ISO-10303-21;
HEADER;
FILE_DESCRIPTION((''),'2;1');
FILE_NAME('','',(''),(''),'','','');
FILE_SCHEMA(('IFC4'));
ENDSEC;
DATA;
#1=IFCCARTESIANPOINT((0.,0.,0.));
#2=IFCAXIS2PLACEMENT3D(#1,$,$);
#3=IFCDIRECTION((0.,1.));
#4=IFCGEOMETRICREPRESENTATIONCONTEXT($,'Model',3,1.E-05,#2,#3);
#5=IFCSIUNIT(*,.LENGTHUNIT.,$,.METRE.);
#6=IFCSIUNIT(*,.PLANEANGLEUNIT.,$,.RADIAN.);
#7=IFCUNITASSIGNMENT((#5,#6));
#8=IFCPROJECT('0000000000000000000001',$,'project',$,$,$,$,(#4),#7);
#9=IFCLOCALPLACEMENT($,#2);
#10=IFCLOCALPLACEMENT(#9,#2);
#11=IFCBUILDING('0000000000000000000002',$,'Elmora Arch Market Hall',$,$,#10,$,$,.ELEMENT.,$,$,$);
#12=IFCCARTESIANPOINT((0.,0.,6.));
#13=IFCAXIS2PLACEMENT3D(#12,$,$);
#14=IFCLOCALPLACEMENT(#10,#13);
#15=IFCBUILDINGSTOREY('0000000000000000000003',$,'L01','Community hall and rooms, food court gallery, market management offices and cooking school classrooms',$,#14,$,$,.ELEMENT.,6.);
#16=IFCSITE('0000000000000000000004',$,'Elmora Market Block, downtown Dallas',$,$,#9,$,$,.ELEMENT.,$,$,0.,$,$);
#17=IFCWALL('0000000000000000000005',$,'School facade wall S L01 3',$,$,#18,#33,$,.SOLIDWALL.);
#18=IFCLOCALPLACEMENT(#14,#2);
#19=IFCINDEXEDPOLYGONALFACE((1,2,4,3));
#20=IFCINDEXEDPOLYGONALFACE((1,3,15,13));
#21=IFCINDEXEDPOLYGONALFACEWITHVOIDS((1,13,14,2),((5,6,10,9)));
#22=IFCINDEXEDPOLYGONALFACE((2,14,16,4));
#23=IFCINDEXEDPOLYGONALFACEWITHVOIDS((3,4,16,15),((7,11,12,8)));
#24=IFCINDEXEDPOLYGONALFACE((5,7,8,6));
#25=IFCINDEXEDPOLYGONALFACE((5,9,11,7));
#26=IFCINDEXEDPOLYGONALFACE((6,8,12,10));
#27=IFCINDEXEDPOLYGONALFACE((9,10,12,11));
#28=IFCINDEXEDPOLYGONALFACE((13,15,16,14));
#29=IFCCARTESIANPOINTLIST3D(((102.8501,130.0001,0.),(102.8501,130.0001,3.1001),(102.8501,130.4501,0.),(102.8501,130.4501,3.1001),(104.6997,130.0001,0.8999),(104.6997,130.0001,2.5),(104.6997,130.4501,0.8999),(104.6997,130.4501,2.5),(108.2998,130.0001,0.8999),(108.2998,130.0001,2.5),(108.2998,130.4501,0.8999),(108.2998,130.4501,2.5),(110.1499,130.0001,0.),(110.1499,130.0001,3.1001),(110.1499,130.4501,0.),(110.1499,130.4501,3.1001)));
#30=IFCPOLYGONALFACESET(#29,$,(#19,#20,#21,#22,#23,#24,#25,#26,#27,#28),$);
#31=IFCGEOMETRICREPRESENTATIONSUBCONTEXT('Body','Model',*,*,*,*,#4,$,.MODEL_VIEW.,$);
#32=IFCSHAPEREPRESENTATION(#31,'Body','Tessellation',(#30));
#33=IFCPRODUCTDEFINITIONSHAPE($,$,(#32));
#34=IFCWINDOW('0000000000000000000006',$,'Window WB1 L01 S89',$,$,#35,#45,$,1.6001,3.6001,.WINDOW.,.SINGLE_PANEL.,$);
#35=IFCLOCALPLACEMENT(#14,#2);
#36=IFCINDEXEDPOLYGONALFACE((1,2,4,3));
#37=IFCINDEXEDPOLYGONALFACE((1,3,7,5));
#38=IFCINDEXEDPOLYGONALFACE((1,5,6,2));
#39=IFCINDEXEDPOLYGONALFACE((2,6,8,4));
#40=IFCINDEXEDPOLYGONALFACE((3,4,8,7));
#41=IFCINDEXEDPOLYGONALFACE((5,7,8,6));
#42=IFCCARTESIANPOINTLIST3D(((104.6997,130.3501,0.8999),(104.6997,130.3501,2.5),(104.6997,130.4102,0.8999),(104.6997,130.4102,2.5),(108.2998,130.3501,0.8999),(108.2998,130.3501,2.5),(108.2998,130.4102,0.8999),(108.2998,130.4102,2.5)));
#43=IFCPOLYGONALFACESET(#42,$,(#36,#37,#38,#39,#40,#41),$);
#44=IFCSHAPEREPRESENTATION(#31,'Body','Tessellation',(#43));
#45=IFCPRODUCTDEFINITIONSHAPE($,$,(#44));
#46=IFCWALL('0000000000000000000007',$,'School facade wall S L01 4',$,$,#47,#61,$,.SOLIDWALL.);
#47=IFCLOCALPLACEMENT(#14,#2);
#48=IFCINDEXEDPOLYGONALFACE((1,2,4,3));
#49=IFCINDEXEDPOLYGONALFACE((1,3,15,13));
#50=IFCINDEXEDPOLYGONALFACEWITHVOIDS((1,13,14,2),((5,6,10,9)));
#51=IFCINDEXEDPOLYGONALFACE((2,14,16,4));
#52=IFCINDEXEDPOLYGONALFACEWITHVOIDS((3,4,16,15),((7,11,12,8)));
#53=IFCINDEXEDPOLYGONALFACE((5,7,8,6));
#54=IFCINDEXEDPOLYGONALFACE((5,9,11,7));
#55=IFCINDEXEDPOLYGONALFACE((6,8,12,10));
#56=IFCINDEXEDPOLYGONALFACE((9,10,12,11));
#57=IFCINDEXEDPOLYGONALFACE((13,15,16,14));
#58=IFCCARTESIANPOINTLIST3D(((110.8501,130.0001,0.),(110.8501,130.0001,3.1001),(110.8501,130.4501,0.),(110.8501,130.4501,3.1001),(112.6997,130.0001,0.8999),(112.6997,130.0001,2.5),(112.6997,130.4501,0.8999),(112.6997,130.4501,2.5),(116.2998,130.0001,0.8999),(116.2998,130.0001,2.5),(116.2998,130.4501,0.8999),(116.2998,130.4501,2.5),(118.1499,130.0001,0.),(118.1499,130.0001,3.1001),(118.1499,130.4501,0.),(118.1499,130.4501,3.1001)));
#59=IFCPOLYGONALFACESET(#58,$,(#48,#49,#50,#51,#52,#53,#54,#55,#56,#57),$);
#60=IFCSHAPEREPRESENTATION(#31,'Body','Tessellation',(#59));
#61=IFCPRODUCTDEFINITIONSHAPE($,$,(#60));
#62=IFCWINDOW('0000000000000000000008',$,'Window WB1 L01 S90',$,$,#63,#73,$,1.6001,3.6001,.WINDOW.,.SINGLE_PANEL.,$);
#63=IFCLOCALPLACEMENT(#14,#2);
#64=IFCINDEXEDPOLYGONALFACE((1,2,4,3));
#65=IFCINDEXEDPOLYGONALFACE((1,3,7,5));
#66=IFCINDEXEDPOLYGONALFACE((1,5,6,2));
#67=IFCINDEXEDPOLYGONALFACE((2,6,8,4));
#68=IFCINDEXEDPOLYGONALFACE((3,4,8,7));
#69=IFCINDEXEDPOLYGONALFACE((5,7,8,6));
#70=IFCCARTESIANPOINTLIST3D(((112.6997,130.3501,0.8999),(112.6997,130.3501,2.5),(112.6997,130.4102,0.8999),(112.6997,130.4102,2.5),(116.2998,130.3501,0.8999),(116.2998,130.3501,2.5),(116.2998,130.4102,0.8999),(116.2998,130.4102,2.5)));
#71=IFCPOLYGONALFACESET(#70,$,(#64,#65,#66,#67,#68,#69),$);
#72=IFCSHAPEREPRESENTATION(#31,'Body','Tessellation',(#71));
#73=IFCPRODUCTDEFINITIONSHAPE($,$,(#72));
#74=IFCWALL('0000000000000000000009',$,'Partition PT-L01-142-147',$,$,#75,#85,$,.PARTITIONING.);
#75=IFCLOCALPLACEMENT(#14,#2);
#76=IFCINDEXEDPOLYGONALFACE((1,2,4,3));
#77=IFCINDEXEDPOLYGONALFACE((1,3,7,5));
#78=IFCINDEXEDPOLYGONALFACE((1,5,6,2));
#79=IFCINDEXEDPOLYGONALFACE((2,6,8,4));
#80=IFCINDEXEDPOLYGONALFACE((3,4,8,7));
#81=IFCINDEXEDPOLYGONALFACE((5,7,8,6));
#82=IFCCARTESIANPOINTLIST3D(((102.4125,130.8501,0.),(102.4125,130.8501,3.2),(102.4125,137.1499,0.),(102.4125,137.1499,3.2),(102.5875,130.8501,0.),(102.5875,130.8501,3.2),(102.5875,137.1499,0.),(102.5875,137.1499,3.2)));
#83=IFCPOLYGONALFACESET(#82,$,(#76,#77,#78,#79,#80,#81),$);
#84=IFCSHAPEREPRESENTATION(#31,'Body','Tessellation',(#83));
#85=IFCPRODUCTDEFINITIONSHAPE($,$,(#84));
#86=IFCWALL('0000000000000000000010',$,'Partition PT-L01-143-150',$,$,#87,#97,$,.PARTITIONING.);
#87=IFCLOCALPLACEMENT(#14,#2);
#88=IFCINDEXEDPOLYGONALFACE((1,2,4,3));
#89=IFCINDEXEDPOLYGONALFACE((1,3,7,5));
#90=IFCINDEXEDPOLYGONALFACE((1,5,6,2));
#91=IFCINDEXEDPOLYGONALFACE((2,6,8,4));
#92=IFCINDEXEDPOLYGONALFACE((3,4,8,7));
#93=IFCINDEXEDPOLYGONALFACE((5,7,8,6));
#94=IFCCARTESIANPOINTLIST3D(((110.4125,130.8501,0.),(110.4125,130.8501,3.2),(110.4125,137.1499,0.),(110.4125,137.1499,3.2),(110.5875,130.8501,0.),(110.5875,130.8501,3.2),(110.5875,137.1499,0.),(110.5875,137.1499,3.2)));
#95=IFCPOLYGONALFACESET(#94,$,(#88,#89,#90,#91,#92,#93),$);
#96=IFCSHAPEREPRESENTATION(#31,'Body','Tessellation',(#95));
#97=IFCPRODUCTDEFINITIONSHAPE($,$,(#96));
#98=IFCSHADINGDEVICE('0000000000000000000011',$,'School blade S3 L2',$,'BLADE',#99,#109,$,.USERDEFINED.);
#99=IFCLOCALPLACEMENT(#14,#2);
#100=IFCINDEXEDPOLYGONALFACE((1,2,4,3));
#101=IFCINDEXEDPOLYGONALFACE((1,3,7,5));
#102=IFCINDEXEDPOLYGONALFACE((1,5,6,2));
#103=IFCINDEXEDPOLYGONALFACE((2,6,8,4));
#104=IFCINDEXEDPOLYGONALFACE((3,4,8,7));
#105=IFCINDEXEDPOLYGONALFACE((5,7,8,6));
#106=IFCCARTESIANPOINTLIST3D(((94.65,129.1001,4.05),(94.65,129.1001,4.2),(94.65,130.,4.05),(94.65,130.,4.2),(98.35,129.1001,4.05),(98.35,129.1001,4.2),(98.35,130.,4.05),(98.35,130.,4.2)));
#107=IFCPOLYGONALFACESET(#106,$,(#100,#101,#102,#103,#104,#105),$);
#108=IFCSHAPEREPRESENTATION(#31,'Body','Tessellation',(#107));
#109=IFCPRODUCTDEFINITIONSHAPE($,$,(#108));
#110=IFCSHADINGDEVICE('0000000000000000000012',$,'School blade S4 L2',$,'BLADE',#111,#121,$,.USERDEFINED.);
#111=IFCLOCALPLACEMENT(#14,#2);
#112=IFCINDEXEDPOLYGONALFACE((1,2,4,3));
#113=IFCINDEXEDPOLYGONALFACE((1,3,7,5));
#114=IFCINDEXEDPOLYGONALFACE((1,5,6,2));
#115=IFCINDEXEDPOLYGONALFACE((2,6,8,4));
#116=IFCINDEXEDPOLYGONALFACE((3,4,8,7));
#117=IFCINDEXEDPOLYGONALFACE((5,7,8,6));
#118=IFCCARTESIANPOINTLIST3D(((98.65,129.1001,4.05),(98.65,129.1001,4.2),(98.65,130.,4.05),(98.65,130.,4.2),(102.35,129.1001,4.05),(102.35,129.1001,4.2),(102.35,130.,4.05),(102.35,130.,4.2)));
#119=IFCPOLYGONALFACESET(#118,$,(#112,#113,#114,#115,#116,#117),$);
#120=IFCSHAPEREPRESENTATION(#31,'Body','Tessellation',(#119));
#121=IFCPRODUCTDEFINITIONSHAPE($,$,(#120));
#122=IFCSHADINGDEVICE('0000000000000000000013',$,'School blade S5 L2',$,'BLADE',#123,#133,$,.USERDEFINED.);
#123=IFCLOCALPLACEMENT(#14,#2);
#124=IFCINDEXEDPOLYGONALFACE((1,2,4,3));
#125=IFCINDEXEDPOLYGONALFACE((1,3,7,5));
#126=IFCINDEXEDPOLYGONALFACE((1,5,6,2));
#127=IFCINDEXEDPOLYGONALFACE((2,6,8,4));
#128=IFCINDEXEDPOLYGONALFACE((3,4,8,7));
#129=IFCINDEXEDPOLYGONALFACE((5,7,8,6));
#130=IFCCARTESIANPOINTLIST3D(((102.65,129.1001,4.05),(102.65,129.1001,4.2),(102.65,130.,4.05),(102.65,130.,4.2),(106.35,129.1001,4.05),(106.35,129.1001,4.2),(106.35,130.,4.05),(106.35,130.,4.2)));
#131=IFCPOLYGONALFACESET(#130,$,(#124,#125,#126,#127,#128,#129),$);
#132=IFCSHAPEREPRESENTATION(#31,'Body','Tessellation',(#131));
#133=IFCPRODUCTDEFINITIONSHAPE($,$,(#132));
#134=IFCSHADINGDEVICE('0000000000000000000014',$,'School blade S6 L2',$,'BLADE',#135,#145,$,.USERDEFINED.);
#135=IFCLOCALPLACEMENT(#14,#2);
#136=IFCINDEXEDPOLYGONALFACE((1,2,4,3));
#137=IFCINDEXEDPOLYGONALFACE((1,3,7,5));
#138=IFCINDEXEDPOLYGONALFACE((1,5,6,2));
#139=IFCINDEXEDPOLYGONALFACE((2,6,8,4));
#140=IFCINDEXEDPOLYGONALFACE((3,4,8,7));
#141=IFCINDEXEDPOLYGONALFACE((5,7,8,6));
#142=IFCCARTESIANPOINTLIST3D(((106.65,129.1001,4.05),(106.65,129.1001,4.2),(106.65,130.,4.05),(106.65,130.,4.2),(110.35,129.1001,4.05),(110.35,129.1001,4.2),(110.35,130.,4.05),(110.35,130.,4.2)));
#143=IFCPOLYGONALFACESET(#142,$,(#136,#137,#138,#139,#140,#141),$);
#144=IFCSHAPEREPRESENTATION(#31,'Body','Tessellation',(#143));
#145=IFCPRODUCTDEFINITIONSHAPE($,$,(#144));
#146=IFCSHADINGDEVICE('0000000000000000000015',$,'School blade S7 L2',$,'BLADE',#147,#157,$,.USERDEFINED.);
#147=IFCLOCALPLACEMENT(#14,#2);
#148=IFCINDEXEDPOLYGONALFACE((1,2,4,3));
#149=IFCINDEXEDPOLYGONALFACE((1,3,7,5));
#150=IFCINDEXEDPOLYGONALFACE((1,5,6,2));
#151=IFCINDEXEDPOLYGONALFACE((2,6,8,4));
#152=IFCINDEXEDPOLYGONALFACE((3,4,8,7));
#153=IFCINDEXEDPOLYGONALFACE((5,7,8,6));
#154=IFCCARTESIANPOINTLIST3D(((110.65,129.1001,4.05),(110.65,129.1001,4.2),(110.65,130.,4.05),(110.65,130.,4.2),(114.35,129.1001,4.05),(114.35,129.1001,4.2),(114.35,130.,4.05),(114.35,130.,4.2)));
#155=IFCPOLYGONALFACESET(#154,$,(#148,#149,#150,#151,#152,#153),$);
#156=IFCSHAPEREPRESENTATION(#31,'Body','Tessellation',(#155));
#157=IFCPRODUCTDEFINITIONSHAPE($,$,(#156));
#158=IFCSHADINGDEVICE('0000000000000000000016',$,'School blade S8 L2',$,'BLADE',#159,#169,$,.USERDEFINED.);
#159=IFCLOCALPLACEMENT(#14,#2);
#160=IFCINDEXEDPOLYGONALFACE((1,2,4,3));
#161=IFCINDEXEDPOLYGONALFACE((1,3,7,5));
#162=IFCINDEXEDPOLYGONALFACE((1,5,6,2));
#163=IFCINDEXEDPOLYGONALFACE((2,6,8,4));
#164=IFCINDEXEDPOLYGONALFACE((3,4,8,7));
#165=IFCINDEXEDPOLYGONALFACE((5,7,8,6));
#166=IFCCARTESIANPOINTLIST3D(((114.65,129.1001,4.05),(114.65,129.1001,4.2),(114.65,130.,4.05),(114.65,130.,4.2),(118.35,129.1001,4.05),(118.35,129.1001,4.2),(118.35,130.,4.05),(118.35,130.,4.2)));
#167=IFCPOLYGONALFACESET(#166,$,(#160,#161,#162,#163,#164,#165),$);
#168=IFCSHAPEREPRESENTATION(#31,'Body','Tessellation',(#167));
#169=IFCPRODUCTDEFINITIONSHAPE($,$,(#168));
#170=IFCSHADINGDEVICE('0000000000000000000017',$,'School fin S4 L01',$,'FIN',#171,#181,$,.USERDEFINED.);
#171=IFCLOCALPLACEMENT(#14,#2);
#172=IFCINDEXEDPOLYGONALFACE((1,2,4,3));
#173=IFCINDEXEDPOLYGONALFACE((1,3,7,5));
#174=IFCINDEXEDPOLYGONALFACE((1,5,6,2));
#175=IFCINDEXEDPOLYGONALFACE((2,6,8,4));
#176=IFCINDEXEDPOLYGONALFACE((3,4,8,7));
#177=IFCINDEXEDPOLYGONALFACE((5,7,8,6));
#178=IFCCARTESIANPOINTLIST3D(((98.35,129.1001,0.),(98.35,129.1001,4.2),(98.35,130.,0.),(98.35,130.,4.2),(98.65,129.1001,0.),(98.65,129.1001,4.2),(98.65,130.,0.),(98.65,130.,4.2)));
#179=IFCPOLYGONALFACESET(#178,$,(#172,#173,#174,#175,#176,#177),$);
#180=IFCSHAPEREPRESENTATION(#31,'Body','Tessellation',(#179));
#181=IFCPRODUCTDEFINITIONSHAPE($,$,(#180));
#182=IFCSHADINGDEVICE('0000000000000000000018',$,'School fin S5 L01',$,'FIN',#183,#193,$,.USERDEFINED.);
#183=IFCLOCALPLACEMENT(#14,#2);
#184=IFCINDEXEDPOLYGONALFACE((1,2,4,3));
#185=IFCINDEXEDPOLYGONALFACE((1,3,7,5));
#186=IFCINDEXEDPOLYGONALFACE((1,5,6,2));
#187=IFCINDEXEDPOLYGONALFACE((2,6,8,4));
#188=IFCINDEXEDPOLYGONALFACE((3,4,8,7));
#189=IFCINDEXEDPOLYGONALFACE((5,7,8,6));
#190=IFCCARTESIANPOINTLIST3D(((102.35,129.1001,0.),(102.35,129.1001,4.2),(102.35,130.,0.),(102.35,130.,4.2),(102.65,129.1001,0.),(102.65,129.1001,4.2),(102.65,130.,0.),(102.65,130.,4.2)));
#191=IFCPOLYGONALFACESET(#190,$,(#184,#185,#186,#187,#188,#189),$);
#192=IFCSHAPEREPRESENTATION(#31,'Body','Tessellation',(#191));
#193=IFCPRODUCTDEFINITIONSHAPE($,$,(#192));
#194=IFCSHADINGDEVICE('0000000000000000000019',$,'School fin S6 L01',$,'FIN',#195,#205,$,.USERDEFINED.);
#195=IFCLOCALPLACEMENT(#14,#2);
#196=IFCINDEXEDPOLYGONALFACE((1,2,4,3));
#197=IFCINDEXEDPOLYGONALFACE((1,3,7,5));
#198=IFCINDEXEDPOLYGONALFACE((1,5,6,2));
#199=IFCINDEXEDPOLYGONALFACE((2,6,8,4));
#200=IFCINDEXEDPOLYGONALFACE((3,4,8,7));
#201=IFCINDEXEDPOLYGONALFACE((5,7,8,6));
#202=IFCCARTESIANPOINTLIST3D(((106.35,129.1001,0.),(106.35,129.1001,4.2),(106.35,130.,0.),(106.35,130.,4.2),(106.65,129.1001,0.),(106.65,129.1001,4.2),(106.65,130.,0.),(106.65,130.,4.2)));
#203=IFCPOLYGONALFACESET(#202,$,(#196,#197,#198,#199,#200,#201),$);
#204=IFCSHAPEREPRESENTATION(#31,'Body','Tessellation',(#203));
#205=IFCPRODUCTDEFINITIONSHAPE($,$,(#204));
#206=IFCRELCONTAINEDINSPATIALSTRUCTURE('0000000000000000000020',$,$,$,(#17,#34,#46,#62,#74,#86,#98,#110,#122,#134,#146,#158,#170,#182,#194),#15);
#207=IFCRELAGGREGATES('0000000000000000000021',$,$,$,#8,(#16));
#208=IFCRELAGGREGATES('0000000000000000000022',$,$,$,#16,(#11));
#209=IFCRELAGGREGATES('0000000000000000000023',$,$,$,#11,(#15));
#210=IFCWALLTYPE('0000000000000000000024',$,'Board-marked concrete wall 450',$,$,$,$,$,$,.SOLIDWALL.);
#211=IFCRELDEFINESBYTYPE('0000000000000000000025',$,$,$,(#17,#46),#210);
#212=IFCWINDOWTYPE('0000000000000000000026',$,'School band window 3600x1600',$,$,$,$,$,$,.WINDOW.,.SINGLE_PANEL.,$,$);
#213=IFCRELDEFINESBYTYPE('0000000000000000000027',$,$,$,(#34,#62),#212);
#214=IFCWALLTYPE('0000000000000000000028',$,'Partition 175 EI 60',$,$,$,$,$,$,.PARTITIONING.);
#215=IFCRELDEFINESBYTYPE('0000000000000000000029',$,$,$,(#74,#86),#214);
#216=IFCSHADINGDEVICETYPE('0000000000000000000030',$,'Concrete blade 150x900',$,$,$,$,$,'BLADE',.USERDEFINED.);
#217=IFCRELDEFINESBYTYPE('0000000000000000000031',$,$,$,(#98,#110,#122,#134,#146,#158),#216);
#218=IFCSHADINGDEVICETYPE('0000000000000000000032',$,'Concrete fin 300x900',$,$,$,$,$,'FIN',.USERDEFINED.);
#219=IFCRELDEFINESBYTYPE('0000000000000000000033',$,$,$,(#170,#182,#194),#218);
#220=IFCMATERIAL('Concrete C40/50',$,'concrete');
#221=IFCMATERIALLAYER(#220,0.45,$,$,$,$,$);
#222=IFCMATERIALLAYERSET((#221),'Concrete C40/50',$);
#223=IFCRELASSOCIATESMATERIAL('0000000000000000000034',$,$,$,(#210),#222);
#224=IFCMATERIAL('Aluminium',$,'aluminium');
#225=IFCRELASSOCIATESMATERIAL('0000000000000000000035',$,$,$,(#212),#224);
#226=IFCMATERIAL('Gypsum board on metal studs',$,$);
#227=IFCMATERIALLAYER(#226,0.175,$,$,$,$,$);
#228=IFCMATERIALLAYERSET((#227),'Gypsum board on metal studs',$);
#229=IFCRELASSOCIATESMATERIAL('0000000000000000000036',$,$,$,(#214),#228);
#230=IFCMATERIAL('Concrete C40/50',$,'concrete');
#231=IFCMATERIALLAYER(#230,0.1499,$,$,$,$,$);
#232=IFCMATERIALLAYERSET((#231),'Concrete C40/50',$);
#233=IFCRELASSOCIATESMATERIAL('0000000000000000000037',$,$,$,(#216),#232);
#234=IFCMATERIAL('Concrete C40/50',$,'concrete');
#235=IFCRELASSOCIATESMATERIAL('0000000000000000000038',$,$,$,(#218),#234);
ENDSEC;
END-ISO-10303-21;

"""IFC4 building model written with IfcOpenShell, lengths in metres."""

from ifc_helpers import new_model, si_unit, direction, frame, frame_2d, origin, origin_2d, place, context, subcontext, project, spatial, rectangle, extrude, material, layer, layer_set, type_object, element, fill, save


model = new_model("IFC4")

# Units and contexts
model_context = context("Model", 3, precision=1e-05, world=origin(), true_north=direction((0.0, 1.0)))
body_context = subcontext(model_context, "Body", "Model", "MODEL_VIEW")
ifc_project = project(units=[si_unit("LENGTHUNIT", "METRE"), si_unit("PLANEANGLEUNIT", "RADIAN")], contexts=[model_context])

# Site, building, storey
site_placement = place(None, origin())
site = spatial("IfcSite", under=ifc_project, at=site_placement, Name="Elmora Market Block, downtown Dallas", CompositionType="ELEMENT", RefElevation=0.0)
building_placement = place(site_placement, origin())
building = spatial("IfcBuilding", under=site, at=building_placement, Name="Elmora Arch Market Hall", CompositionType="ELEMENT")
storey_placement = place(building_placement, frame((0.0, 0.0, 6.0)))
storey = spatial("IfcBuildingStorey", under=building, at=storey_placement, Name="L01", Description="Community hall and rooms, food court gallery, market management offices and cooking school classrooms", CompositionType="ELEMENT", Elevation=6.0)

# Walls, openings, windows
ifc_material_1 = material(Name="Concrete C40/50", Category="concrete")
ifc_layer_1 = layer(ifc_material_1, 0.45)
ifc_layer_set_1 = layer_set([ifc_layer_1], Name="Concrete C40/50")
wall_type_1 = type_object("IfcWallType", Name="Board-marked concrete wall 450", PredefinedType="SOLIDWALL", material=ifc_layer_set_1)
ifc_material_2 = material(Name="Aluminium", Category="aluminium")
window_type = type_object("IfcWindowType", Name="School band window 3600x1600", PartitioningType="SINGLE_PANEL", PredefinedType="WINDOW", material=ifc_material_2)
wall_1_placement = place(storey_placement, frame((110.1499, 130.2251, 0.0), z_axis=(0.0, 0.0, 1.0), x_axis=(-1.0, 0.0, 0.0)))
wall_1 = element("IfcWall", 1, at=wall_1_placement, inside=storey, type_object=wall_type_1, Name="School facade wall S L01 3", PredefinedType="SOLIDWALL", context=body_context, shape_type="SweptSolid", body=[
    extrude(rectangle(XDim=7.2998, YDim=0.45, at=frame_2d((3.6499, 0.0))), origin(), (0.0, 0.0, 1.0), 3.1001),
])
opening_1_placement = place(wall_1_placement, frame((1.8501, 0.0, 0.8999)))
opening_1 = element("IfcOpeningElement", 2, at=opening_1_placement, cuts=wall_1, PredefinedType="OPENING", context=body_context, shape_type="SweptSolid", body=[
    extrude(rectangle(XDim=3.6001, YDim=1.6001, at=frame_2d((1.8, 0.8))), frame((0.0, 0.2349, 0.0), z_axis=(0.0, -1.0, 0.0), x_axis=(1.0, 0.0, 0.0)), (0.0, 0.0, 1.0), 0.47),
])
window_1_placement = place(opening_1_placement, origin())
window_1 = element("IfcWindow", 3, at=window_1_placement, inside=storey, type_object=window_type, Name="Window WB1 L01 S89", OverallHeight=1.6001, OverallWidth=3.6001, PartitioningType="SINGLE_PANEL", PredefinedType="WINDOW", context=body_context, shape_type="SweptSolid", body=[
    extrude(rectangle(XDim=3.6001, YDim=1.6001, at=frame_2d((1.8, 0.8))), frame((0.0, -0.125, 0.0), z_axis=(0.0, -1.0, 0.0), x_axis=(1.0, 0.0, 0.0)), (0.0, 0.0, 1.0), 0.0601),
])
fill(opening_1, window_1)
wall_2_placement = place(storey_placement, frame((118.1499, 130.2251, 0.0), z_axis=(0.0, 0.0, 1.0), x_axis=(-1.0, 0.0, 0.0)))
wall_2 = element("IfcWall", 4, at=wall_2_placement, inside=storey, type_object=wall_type_1, Name="School facade wall S L01 4", PredefinedType="SOLIDWALL", context=body_context, shape_type="SweptSolid", body=[
    extrude(rectangle(XDim=7.2998, YDim=0.45, at=frame_2d((3.6499, 0.0))), origin(), (0.0, 0.0, 1.0), 3.1001),
])
opening_2_placement = place(wall_2_placement, frame((1.8501, 0.0, 0.8999)))
opening_2 = element("IfcOpeningElement", 5, at=opening_2_placement, cuts=wall_2, PredefinedType="OPENING", context=body_context, shape_type="SweptSolid", body=[
    extrude(rectangle(XDim=3.6001, YDim=1.6001, at=frame_2d((1.8, 0.8))), frame((0.0, 0.2349, 0.0), z_axis=(0.0, -1.0, 0.0), x_axis=(1.0, 0.0, 0.0)), (0.0, 0.0, 1.0), 0.47),
])
window_2_placement = place(opening_2_placement, origin())
window_2 = element("IfcWindow", 6, at=window_2_placement, inside=storey, type_object=window_type, Name="Window WB1 L01 S90", OverallHeight=1.6001, OverallWidth=3.6001, PartitioningType="SINGLE_PANEL", PredefinedType="WINDOW", context=body_context, shape_type="SweptSolid", body=[
    extrude(rectangle(XDim=3.6001, YDim=1.6001, at=frame_2d((1.8, 0.8))), frame((0.0, -0.125, 0.0), z_axis=(0.0, -1.0, 0.0), x_axis=(1.0, 0.0, 0.0)), (0.0, 0.0, 1.0), 0.0601),
])
fill(opening_2, window_2)

# Walls
ifc_material_3 = material(Name="Gypsum board on metal studs")
ifc_layer_2 = layer(ifc_material_3, 0.175)
ifc_layer_set_2 = layer_set([ifc_layer_2], Name="Gypsum board on metal studs")
wall_type_2 = type_object("IfcWallType", Name="Partition 175 EI 60", PredefinedType="PARTITIONING", material=ifc_layer_set_2)
for number, where, z_axis, x_axis, name in (
    (7, (102.5, 130.8501, 0.0), (0.0, 0.0, 1.0), (0.0, 1.0, 0.0), "Partition PT-L01-142-147"),
    (8, (110.5, 130.8501, 0.0), (0.0, 0.0, 1.0), (0.0, 1.0, 0.0), "Partition PT-L01-143-150"),
):
    element("IfcWall", number, at=place(storey_placement, frame(where, z_axis=z_axis, x_axis=x_axis)), inside=storey, type_object=wall_type_2, Name=name, PredefinedType="PARTITIONING", context=body_context, shape_type="SweptSolid", body=[
        extrude(rectangle(XDim=6.2998, YDim=0.175, at=frame_2d((3.1499, 0.0))), origin(), (0.0, 0.0, 1.0), 3.2),
    ])

# Shading devices
ifc_material_4 = material(Name="Concrete C40/50", Category="concrete")
ifc_layer_3 = layer(ifc_material_4, 0.1499)
ifc_layer_set_3 = layer_set([ifc_layer_3], Name="Concrete C40/50")
shading_device_type_1 = type_object("IfcShadingDeviceType", Name="Concrete blade 150x900", ElementType="BLADE", PredefinedType="USERDEFINED", material=ifc_layer_set_3)
for number, where, z_axis, x_axis, name in (
    (9, (96.5, 129.55, 4.05), (0.0, 0.0, 1.0), (1.0, 0.0, 0.0), "School blade S3 L2"),
    (10, (100.5, 129.55, 4.05), (0.0, 0.0, 1.0), (1.0, 0.0, 0.0), "School blade S4 L2"),
    (11, (104.5, 129.55, 4.05), (0.0, 0.0, 1.0), (1.0, 0.0, 0.0), "School blade S5 L2"),
    (12, (108.5, 129.55, 4.05), (0.0, 0.0, 1.0), (1.0, 0.0, 0.0), "School blade S6 L2"),
    (13, (112.5, 129.55, 4.05), (0.0, 0.0, 1.0), (1.0, 0.0, 0.0), "School blade S7 L2"),
    (14, (116.5, 129.55, 4.05), (0.0, 0.0, 1.0), (1.0, 0.0, 0.0), "School blade S8 L2"),
):
    element("IfcShadingDevice", number, at=place(storey_placement, frame(where, z_axis=z_axis, x_axis=x_axis)), inside=storey, type_object=shading_device_type_1, Name=name, ObjectType="BLADE", PredefinedType="USERDEFINED", context=body_context, shape_type="SweptSolid", body=[
        extrude(rectangle(XDim=3.7, YDim=0.8999, at=origin_2d()), origin(), (0.0, 0.0, 1.0), 0.1499),
    ])
ifc_material_5 = material(Name="Concrete C40/50", Category="concrete")
shading_device_type_2 = type_object("IfcShadingDeviceType", Name="Concrete fin 300x900", ElementType="FIN", PredefinedType="USERDEFINED", material=ifc_material_5)
for number, where, z_axis, x_axis, name in (
    (15, (98.5, 129.55, 0.0), (0.0, 0.0, 1.0), (1.0, 0.0, 0.0), "School fin S4 L01"),
    (16, (102.5, 129.55, 0.0), (0.0, 0.0, 1.0), (1.0, 0.0, 0.0), "School fin S5 L01"),
    (17, (106.5, 129.55, 0.0), (0.0, 0.0, 1.0), (1.0, 0.0, 0.0), "School fin S6 L01"),
):
    element("IfcShadingDevice", number, at=place(storey_placement, frame(where, z_axis=z_axis, x_axis=x_axis)), inside=storey, type_object=shading_device_type_2, Name=name, ObjectType="FIN", PredefinedType="USERDEFINED", context=body_context, shape_type="SweptSolid", body=[
        extrude(rectangle(XDim=0.3, YDim=0.8999, at=origin_2d()), origin(), (0.0, 0.0, 1.0), 4.2),
    ])

save(model, "model.ifc")
